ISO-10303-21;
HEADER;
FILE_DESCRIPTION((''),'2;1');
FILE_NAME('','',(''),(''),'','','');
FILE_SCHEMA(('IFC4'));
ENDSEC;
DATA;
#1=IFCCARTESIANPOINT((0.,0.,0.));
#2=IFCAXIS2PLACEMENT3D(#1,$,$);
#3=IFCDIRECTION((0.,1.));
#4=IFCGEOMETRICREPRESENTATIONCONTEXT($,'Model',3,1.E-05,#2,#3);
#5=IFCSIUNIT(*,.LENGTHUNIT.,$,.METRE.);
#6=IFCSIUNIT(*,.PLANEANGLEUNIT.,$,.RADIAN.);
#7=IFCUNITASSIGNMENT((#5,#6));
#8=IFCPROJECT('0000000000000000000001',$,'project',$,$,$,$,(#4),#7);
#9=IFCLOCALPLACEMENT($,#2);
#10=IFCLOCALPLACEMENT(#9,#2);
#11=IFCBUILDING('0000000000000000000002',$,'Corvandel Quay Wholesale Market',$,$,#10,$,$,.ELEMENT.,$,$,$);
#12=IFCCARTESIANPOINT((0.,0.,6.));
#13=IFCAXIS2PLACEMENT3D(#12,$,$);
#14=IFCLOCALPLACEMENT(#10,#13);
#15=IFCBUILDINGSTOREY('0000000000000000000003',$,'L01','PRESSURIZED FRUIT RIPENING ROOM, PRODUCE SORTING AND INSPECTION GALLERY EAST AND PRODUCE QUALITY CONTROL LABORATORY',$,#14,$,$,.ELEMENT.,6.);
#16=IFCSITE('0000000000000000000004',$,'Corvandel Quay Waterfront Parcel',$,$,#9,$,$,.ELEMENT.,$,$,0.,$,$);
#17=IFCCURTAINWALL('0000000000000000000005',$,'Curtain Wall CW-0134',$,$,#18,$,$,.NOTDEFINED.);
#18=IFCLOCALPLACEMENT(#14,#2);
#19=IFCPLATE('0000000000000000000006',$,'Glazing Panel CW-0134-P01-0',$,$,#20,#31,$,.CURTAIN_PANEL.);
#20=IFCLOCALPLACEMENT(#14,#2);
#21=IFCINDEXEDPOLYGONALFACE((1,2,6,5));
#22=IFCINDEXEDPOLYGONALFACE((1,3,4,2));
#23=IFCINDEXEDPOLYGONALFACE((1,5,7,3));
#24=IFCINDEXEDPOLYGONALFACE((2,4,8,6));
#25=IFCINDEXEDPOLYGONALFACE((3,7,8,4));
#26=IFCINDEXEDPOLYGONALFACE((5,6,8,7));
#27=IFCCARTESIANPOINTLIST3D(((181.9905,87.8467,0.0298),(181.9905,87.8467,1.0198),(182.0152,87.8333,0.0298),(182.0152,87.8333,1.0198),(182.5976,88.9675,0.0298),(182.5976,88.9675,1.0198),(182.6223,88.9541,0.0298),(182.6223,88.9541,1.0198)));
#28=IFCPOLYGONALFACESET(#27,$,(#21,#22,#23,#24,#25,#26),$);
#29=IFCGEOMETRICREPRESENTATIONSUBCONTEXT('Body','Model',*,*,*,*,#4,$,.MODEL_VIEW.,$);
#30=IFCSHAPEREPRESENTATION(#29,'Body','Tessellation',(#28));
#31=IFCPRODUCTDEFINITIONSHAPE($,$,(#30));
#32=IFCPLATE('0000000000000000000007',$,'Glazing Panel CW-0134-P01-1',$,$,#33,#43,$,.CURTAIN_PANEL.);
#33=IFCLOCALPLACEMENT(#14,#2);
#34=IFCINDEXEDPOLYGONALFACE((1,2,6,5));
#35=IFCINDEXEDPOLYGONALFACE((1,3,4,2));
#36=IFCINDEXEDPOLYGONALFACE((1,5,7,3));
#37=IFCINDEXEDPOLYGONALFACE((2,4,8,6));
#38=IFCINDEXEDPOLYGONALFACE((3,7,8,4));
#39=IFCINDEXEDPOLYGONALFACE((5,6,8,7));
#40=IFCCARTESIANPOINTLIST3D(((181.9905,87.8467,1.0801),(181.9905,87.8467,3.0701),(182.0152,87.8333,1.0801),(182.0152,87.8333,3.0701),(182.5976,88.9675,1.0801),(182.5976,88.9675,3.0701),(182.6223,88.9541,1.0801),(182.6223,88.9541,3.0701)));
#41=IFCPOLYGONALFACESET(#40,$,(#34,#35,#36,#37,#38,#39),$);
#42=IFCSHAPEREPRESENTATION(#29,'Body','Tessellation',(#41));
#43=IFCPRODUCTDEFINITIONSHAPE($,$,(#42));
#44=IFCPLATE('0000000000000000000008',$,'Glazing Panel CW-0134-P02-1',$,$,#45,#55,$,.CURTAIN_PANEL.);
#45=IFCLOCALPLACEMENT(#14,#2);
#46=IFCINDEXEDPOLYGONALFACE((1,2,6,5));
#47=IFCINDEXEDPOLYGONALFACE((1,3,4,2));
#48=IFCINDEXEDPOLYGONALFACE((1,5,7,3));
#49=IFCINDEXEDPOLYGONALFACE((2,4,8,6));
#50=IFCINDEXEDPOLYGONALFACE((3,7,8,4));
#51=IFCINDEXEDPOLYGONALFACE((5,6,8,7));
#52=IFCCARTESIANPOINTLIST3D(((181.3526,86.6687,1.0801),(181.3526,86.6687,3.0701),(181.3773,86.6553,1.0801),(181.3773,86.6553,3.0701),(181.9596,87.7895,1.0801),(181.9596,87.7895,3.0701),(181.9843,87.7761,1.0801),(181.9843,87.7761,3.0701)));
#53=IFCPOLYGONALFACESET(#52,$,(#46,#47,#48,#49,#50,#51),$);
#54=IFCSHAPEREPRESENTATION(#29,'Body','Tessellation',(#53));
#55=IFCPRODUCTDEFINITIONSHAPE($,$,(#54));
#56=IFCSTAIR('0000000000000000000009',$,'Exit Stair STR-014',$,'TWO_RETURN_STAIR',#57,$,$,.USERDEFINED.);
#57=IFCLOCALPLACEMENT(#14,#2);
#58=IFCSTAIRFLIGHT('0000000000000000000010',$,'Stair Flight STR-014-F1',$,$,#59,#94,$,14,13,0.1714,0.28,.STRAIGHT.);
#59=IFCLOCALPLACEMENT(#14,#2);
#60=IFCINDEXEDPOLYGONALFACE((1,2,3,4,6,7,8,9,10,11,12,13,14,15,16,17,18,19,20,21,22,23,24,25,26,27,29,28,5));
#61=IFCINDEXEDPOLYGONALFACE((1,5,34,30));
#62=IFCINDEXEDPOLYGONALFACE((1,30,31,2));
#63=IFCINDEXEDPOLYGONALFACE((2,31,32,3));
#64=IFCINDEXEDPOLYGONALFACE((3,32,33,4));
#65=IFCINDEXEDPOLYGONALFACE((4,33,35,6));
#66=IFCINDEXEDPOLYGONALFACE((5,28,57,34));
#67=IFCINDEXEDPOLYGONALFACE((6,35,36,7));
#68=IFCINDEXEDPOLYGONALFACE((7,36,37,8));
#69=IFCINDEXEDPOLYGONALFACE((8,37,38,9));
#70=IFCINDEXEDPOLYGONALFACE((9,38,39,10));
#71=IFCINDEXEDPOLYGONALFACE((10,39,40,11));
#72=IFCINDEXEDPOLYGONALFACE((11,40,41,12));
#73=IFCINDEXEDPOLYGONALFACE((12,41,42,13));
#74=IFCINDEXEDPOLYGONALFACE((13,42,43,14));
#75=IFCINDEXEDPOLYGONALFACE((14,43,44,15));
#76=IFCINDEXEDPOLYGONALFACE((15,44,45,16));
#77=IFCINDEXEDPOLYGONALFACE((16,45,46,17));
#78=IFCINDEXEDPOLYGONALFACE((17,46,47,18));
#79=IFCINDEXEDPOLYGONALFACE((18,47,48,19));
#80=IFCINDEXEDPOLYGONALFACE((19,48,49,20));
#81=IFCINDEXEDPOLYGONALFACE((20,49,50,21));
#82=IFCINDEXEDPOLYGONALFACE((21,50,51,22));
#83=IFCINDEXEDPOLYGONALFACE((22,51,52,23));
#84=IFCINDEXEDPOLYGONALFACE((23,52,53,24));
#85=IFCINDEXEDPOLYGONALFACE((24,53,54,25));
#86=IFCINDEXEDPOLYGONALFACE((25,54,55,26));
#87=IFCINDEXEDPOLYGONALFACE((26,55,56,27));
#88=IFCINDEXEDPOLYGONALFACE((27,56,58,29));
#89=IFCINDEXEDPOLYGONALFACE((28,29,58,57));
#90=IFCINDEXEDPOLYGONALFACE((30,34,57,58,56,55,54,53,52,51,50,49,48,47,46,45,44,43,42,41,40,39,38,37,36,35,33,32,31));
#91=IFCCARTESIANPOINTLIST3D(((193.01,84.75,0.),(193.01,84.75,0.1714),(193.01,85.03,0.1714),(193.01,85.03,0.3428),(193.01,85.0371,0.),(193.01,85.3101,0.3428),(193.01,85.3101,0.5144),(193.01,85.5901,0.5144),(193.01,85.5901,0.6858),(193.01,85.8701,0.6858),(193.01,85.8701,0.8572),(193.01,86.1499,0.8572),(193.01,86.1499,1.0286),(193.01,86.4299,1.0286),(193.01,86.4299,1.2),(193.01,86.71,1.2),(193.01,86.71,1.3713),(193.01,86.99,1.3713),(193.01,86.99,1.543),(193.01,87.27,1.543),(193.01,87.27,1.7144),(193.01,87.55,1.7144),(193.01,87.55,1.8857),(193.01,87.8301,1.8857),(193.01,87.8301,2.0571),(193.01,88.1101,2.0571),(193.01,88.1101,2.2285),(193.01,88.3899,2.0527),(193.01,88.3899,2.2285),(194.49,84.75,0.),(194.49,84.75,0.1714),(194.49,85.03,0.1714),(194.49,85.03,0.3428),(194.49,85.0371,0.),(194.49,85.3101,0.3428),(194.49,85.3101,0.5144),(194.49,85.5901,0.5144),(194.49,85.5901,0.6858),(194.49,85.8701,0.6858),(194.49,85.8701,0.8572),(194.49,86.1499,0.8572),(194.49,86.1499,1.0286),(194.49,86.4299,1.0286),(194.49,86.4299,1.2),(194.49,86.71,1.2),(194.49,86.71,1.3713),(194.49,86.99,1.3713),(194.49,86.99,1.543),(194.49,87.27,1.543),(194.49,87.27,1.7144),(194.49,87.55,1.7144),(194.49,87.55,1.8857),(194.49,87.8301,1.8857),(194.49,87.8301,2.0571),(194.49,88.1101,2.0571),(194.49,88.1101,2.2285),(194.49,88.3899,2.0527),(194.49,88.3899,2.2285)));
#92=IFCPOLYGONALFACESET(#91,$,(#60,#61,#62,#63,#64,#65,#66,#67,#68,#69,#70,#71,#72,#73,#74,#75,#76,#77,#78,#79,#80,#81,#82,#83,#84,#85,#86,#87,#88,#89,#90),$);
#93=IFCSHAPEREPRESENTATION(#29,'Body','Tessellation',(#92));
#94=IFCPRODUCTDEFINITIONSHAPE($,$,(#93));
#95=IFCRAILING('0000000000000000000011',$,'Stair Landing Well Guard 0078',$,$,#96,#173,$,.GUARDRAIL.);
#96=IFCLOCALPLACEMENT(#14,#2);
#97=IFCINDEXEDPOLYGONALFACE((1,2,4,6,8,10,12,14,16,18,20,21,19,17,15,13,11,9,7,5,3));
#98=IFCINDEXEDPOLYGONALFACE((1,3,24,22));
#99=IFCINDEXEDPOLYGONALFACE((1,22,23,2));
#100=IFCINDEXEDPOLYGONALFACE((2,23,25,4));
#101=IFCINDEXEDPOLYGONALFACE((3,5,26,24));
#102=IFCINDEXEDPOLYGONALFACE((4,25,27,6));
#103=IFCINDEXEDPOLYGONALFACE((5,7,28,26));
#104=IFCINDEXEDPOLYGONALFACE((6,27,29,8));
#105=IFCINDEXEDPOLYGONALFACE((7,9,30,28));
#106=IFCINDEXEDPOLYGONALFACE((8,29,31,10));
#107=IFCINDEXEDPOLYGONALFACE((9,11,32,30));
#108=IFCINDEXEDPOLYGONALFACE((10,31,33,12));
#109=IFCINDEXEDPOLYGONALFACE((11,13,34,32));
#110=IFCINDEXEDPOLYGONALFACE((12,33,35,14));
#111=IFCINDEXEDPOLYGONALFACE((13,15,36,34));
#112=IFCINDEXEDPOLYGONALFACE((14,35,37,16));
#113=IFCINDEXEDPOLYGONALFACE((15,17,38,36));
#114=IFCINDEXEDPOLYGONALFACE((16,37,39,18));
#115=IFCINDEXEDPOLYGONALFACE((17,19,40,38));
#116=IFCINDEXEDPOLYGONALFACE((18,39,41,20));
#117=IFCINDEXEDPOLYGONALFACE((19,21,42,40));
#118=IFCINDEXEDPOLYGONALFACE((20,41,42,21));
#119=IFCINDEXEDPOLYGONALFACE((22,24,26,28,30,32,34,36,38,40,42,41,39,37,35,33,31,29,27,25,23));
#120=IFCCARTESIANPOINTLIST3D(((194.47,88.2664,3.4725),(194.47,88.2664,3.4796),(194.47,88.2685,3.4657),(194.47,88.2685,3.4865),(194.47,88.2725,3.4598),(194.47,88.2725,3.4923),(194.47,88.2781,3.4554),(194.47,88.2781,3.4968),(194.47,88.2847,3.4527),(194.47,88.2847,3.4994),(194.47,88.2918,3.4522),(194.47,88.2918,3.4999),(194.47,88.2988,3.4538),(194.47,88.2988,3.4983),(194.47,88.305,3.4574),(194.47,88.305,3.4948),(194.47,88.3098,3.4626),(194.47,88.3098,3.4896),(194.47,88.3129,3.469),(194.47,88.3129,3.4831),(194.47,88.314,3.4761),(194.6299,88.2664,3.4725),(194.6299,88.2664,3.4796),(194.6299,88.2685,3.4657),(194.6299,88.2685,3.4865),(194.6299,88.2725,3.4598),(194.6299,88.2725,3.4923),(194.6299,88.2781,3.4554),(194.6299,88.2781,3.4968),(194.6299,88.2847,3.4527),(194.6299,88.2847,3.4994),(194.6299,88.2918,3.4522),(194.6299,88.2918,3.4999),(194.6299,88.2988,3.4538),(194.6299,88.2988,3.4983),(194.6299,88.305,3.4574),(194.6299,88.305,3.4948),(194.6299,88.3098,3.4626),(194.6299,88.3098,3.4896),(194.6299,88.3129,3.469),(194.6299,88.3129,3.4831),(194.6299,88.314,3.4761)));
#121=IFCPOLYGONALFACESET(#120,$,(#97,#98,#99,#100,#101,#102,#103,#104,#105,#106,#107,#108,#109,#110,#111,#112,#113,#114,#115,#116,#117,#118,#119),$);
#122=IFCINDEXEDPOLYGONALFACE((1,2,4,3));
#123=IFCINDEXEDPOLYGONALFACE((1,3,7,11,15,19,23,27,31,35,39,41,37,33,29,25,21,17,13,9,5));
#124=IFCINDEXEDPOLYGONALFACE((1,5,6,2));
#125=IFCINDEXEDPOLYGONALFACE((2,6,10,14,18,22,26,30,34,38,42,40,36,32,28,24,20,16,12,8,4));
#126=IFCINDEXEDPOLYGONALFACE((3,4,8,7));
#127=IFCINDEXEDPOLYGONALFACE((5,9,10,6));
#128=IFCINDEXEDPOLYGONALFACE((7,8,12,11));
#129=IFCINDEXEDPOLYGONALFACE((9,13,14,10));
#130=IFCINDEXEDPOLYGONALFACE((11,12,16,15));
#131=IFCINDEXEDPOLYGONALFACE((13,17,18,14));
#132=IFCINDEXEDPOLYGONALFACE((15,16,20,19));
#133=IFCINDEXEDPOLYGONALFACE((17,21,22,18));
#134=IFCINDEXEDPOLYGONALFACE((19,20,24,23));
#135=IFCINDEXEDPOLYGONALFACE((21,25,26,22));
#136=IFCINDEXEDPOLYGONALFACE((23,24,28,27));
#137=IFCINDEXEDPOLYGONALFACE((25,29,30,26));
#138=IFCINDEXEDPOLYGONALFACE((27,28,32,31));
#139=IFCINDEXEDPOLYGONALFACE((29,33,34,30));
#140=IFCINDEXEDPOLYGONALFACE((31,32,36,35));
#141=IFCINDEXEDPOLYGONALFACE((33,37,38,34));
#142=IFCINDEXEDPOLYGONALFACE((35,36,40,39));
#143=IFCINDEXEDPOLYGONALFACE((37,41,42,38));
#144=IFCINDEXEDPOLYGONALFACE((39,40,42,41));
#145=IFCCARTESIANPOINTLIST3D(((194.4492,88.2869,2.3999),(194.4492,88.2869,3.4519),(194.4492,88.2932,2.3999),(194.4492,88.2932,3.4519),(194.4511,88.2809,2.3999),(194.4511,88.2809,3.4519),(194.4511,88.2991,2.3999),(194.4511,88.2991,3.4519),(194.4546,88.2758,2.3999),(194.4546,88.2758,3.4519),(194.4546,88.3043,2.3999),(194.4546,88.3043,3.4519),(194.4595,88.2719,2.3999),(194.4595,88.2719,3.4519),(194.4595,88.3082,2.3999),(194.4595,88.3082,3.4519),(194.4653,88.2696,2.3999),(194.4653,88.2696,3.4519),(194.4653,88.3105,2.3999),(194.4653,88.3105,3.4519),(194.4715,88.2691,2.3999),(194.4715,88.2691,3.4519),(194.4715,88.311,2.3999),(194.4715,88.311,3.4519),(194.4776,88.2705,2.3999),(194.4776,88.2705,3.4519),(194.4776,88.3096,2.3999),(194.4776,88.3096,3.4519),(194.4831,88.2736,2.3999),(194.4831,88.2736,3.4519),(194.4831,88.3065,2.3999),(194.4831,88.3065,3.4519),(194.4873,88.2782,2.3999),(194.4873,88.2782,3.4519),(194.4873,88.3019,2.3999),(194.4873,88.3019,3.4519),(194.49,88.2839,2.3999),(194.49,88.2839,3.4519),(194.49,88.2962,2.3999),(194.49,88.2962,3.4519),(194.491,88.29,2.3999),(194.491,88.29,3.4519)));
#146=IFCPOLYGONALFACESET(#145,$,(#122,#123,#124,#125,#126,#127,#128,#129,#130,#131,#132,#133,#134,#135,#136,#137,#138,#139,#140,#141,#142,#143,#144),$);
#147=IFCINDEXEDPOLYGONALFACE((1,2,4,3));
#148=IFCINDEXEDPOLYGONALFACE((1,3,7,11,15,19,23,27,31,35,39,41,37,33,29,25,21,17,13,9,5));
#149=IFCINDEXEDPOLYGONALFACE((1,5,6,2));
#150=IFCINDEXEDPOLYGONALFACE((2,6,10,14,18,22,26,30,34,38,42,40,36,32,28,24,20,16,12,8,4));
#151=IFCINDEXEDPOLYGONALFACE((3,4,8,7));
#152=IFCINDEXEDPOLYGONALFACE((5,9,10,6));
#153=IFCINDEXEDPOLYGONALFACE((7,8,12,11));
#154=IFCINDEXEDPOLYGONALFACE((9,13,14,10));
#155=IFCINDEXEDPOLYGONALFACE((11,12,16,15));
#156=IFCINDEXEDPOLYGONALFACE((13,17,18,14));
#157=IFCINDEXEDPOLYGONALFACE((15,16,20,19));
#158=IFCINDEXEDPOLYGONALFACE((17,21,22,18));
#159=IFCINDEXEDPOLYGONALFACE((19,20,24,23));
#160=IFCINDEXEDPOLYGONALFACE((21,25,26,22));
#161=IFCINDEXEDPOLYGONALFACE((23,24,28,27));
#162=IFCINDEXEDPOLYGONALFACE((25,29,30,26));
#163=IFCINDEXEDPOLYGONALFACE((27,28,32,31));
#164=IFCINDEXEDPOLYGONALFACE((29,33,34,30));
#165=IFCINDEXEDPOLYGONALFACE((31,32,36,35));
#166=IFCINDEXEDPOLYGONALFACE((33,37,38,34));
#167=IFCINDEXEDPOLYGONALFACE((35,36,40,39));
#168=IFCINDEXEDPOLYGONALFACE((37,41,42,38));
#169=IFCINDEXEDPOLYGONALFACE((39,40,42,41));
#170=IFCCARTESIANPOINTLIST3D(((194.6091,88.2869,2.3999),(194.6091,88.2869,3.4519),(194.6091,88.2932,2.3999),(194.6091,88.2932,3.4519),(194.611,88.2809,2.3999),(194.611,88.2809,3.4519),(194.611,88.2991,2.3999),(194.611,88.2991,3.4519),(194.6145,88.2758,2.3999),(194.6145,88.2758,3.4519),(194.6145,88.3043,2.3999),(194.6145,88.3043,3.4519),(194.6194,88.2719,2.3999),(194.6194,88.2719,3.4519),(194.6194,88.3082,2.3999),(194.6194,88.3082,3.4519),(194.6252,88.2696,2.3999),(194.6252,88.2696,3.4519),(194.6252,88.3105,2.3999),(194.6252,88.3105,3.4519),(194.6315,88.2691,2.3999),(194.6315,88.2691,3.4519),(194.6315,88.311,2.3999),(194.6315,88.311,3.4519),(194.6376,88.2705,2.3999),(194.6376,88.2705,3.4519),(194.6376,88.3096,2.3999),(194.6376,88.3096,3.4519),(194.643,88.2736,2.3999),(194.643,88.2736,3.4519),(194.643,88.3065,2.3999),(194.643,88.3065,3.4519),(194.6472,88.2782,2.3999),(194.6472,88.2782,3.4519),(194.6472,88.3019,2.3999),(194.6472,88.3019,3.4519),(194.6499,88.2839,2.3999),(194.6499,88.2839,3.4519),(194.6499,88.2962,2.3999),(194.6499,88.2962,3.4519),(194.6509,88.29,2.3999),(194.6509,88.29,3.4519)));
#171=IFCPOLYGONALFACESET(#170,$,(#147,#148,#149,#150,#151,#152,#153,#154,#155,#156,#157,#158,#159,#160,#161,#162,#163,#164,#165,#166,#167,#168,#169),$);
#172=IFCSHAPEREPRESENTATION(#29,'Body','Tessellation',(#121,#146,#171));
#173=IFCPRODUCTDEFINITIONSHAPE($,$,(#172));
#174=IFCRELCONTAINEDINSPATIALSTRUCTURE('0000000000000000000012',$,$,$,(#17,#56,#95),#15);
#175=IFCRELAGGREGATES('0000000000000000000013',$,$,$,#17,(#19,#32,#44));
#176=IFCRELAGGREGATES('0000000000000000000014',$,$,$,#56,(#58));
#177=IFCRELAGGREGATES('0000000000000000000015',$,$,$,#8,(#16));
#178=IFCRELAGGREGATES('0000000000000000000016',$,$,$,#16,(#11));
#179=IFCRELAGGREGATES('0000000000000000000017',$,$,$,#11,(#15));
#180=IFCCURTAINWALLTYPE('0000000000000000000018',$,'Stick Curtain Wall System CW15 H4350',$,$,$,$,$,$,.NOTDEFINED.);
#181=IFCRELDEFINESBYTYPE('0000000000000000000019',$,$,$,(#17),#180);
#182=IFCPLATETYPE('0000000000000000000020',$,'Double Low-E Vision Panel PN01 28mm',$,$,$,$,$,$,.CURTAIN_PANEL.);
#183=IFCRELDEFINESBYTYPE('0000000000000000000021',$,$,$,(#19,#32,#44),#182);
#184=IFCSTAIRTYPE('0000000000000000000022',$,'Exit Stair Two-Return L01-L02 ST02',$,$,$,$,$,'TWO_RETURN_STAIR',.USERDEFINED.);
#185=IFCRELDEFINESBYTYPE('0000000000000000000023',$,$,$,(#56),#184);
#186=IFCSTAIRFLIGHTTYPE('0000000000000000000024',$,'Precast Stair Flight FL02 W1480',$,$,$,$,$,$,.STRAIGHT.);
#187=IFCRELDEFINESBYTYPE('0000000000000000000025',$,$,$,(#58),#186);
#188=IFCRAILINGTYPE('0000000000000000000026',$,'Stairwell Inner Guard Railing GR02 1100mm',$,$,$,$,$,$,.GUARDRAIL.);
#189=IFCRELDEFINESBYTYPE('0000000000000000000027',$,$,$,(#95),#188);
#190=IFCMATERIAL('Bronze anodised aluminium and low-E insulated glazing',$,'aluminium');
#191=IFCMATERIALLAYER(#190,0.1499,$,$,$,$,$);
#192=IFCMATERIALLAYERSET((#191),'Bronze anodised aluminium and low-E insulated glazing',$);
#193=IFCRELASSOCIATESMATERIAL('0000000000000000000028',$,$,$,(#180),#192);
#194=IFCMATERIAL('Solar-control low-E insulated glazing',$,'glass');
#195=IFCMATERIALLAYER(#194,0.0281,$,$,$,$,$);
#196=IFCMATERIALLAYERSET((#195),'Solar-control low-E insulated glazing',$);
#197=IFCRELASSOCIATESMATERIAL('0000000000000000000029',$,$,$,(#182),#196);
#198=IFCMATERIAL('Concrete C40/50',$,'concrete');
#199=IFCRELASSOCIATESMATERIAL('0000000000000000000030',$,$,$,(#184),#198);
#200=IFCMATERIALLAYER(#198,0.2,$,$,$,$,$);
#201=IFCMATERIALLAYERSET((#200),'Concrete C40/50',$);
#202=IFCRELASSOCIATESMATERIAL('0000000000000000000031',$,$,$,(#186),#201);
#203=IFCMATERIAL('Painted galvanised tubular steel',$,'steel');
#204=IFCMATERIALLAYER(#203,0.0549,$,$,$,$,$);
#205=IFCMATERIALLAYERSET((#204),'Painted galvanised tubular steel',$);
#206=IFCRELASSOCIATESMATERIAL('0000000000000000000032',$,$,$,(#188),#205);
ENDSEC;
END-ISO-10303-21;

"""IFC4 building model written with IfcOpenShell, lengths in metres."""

from ifc_helpers import new_model, si_unit, direction, frame, origin, origin_2d, place, context, subcontext, project, spatial, polyline, rectangle, circle, outline, extrude, material, layer, layer_set, type_object, element, aggregate, save


model = new_model("IFC4")

# Units and contexts
model_context = context("Model", 3, precision=1e-05, world=origin(), true_north=direction((0.0, 1.0)))
body_context = subcontext(model_context, "Body", "Model", "MODEL_VIEW")
ifc_project = project(units=[si_unit("LENGTHUNIT", "METRE"), si_unit("PLANEANGLEUNIT", "RADIAN")], contexts=[model_context])

# Site, building, storey
site_placement = place(None, origin())
site = spatial("IfcSite", under=ifc_project, at=site_placement, Name="Corvandel Quay Waterfront Parcel", CompositionType="ELEMENT", RefElevation=0.0)
building_placement = place(site_placement, origin())
building = spatial("IfcBuilding", under=site, at=building_placement, Name="Corvandel Quay Wholesale Market", CompositionType="ELEMENT")
storey_placement = place(building_placement, frame((0.0, 0.0, 6.0)))
storey = spatial("IfcBuildingStorey", under=building, at=storey_placement, Name="L01", Description="PRESSURIZED FRUIT RIPENING ROOM, PRODUCE SORTING AND INSPECTION GALLERY EAST AND PRODUCE QUALITY CONTROL LABORATORY", CompositionType="ELEMENT", Elevation=6.0)

# Curtain wall
ifc_material_1 = material(Name="Bronze anodised aluminium and low-E insulated glazing", Category="aluminium")
ifc_layer_1 = layer(ifc_material_1, 0.1499)
ifc_layer_set_1 = layer_set([ifc_layer_1], Name="Bronze anodised aluminium and low-E insulated glazing")
curtain_wall_type = type_object("IfcCurtainWallType", Name="Stick Curtain Wall System CW15 H4350", PredefinedType="NOTDEFINED", material=ifc_layer_set_1)
curtain_wall_placement = place(storey_placement, origin())
curtain_wall = element("IfcCurtainWall", 1, at=curtain_wall_placement, inside=storey, type_object=curtain_wall_type, Name="Curtain Wall CW-0134", PredefinedType="NOTDEFINED")

# Plates
ifc_material_2 = material(Name="Solar-control low-E insulated glazing", Category="glass")
ifc_layer_2 = layer(ifc_material_2, 0.0281)
ifc_layer_set_2 = layer_set([ifc_layer_2], Name="Solar-control low-E insulated glazing")
plate_type_1 = type_object("IfcPlateType", Name="Double Low-E Vision Panel PN01 28mm", PredefinedType="CURTAIN_PANEL", material=ifc_layer_set_2)
plate_1_placement = place(storey_placement, frame((182.3064, 88.4004, 0.0298), z_axis=(0.0, 0.0, 1.0), x_axis=(0.476238, 0.879316, 0.0)))
plate_1 = element("IfcPlate", 2, at=plate_1_placement, type_object=plate_type_1, Name="Glazing Panel CW-0134-P01-0", PredefinedType="CURTAIN_PANEL", context=body_context, shape_type="SweptSolid", body=[
    extrude(rectangle(XDim=1.2747, YDim=0.0281, at=origin_2d()), origin(), (0.0, 0.0, 1.0), 0.99),
])
plate_2_placement = place(storey_placement, frame((182.3064, 88.4004, 1.0801), z_axis=(0.0, 0.0, 1.0), x_axis=(0.476238, 0.879316, 0.0)))
plate_2 = element("IfcPlate", 3, at=plate_2_placement, type_object=plate_type_1, Name="Glazing Panel CW-0134-P01-1", PredefinedType="CURTAIN_PANEL", context=body_context, shape_type="SweptSolid", body=[
    extrude(rectangle(XDim=1.2747, YDim=0.0281, at=origin_2d()), origin(), (0.0, 0.0, 1.0), 1.99),
])
plate_3_placement = place(storey_placement, frame((181.6685, 87.2224, 1.0801), z_axis=(0.0, 0.0, 1.0), x_axis=(0.476238, 0.879316, 0.0)))
plate_3 = element("IfcPlate", 4, at=plate_3_placement, type_object=plate_type_1, Name="Glazing Panel CW-0134-P02-1", PredefinedType="CURTAIN_PANEL", context=body_context, shape_type="SweptSolid", body=[
    extrude(rectangle(XDim=1.2747, YDim=0.0281, at=origin_2d()), origin(), (0.0, 0.0, 1.0), 1.99),
])
aggregate(curtain_wall, [plate_1, plate_2, plate_3])

# Stair, stair flight
ifc_material_3 = material(Name="Concrete C40/50", Category="concrete")
stair_type = type_object("IfcStairType", Name="Exit Stair Two-Return L01-L02 ST02", ElementType="TWO_RETURN_STAIR", PredefinedType="USERDEFINED", material=ifc_material_3)
stair_placement = place(storey_placement, origin())
stair = element("IfcStair", 5, at=stair_placement, inside=storey, type_object=stair_type, Name="Exit Stair STR-014", ObjectType="TWO_RETURN_STAIR", PredefinedType="USERDEFINED")
ifc_layer_3 = layer(ifc_material_3, 0.2)
ifc_layer_set_3 = layer_set([ifc_layer_3], Name="Concrete C40/50")
stair_flight_type = type_object("IfcStairFlightType", Name="Precast Stair Flight FL02 W1480", PredefinedType="STRAIGHT", material=ifc_layer_set_3)
stair_flight_placement = place(storey_placement, frame((193.75, 84.75, 0.0), z_axis=(0.0, 0.0, 1.0), x_axis=(0.0, 1.0, 0.0)))
stair_flight = element("IfcStairFlight", 6, at=stair_flight_placement, type_object=stair_flight_type, Name="Stair Flight STR-014-F1", NumberOfRisers=14, NumberOfTreads=13, PredefinedType="STRAIGHT", RiserHeight=0.1714, TreadLength=0.28, context=body_context, shape_type="SweptSolid", body=[
    extrude(outline(polyline([(0.0, 0.0), (0.0, 0.1714), (0.28, 0.1714), (0.28, 0.3428), (0.5601, 0.3428), (0.5601, 0.5144), (0.8401, 0.5144), (0.8401, 0.6858), (1.1201, 0.6858), (1.1201, 0.8572), (1.3999, 0.8572), (1.3999, 1.0286), (1.6799, 1.0286), (1.6799, 1.2), (1.96, 1.2), (1.96, 1.3713), (2.24, 1.3713), (2.24, 1.543), (2.52, 1.543), (2.52, 1.7144), (2.8, 1.7144), (2.8, 1.8857), (3.0801, 1.8857), (3.0801, 2.0571), (3.3601, 2.0571), (3.3601, 2.2285), (3.6399, 2.2285), (3.6399, 2.3999), (3.6399, 2.0527), (0.2871, 0.0), (0.0, 0.0)])), frame((0.0, 0.74, 0.0), z_axis=(0.0, -1.0, 0.0), x_axis=(1.0, 0.0, 0.0)), (0.0, 0.0, 1.0), 1.48),
])
aggregate(stair, [stair_flight])

# Railing
ifc_material_4 = material(Name="Painted galvanised tubular steel", Category="steel")
ifc_layer_4 = layer(ifc_material_4, 0.0549)
ifc_layer_set_4 = layer_set([ifc_layer_4], Name="Painted galvanised tubular steel")
railing_type_1 = type_object("IfcRailingType", Name="Stairwell Inner Guard Railing GR02 1100mm", PredefinedType="GUARDRAIL", material=ifc_layer_set_4)
railing_1_placement = place(storey_placement, frame((194.47, 88.29, 2.3999)))
element("IfcRailing", 7, at=railing_1_placement, inside=storey, type_object=railing_type_1, Name="Stair Landing Well Guard 0078", PredefinedType="GUARDRAIL", context=body_context, shape_type="SweptSolid", body=[
    extrude(circle(Radius=0.0239, at=origin_2d()), frame((0.0, 0.0, 1.0762), z_axis=(1.0, 0.0, 0.0), x_axis=(0.0, 1.0, 0.0)), (0.0, 0.0, 1.0), 0.1599),
    extrude(circle(Radius=0.021, at=origin_2d()), origin(), (0.0, 0.0, 1.0), 1.052),
    extrude(circle(Radius=0.021, at=origin_2d()), frame((0.1599, 0.0, 0.0)), (0.0, 0.0, 1.0), 1.052),
])

save(model, "model.ifc")
